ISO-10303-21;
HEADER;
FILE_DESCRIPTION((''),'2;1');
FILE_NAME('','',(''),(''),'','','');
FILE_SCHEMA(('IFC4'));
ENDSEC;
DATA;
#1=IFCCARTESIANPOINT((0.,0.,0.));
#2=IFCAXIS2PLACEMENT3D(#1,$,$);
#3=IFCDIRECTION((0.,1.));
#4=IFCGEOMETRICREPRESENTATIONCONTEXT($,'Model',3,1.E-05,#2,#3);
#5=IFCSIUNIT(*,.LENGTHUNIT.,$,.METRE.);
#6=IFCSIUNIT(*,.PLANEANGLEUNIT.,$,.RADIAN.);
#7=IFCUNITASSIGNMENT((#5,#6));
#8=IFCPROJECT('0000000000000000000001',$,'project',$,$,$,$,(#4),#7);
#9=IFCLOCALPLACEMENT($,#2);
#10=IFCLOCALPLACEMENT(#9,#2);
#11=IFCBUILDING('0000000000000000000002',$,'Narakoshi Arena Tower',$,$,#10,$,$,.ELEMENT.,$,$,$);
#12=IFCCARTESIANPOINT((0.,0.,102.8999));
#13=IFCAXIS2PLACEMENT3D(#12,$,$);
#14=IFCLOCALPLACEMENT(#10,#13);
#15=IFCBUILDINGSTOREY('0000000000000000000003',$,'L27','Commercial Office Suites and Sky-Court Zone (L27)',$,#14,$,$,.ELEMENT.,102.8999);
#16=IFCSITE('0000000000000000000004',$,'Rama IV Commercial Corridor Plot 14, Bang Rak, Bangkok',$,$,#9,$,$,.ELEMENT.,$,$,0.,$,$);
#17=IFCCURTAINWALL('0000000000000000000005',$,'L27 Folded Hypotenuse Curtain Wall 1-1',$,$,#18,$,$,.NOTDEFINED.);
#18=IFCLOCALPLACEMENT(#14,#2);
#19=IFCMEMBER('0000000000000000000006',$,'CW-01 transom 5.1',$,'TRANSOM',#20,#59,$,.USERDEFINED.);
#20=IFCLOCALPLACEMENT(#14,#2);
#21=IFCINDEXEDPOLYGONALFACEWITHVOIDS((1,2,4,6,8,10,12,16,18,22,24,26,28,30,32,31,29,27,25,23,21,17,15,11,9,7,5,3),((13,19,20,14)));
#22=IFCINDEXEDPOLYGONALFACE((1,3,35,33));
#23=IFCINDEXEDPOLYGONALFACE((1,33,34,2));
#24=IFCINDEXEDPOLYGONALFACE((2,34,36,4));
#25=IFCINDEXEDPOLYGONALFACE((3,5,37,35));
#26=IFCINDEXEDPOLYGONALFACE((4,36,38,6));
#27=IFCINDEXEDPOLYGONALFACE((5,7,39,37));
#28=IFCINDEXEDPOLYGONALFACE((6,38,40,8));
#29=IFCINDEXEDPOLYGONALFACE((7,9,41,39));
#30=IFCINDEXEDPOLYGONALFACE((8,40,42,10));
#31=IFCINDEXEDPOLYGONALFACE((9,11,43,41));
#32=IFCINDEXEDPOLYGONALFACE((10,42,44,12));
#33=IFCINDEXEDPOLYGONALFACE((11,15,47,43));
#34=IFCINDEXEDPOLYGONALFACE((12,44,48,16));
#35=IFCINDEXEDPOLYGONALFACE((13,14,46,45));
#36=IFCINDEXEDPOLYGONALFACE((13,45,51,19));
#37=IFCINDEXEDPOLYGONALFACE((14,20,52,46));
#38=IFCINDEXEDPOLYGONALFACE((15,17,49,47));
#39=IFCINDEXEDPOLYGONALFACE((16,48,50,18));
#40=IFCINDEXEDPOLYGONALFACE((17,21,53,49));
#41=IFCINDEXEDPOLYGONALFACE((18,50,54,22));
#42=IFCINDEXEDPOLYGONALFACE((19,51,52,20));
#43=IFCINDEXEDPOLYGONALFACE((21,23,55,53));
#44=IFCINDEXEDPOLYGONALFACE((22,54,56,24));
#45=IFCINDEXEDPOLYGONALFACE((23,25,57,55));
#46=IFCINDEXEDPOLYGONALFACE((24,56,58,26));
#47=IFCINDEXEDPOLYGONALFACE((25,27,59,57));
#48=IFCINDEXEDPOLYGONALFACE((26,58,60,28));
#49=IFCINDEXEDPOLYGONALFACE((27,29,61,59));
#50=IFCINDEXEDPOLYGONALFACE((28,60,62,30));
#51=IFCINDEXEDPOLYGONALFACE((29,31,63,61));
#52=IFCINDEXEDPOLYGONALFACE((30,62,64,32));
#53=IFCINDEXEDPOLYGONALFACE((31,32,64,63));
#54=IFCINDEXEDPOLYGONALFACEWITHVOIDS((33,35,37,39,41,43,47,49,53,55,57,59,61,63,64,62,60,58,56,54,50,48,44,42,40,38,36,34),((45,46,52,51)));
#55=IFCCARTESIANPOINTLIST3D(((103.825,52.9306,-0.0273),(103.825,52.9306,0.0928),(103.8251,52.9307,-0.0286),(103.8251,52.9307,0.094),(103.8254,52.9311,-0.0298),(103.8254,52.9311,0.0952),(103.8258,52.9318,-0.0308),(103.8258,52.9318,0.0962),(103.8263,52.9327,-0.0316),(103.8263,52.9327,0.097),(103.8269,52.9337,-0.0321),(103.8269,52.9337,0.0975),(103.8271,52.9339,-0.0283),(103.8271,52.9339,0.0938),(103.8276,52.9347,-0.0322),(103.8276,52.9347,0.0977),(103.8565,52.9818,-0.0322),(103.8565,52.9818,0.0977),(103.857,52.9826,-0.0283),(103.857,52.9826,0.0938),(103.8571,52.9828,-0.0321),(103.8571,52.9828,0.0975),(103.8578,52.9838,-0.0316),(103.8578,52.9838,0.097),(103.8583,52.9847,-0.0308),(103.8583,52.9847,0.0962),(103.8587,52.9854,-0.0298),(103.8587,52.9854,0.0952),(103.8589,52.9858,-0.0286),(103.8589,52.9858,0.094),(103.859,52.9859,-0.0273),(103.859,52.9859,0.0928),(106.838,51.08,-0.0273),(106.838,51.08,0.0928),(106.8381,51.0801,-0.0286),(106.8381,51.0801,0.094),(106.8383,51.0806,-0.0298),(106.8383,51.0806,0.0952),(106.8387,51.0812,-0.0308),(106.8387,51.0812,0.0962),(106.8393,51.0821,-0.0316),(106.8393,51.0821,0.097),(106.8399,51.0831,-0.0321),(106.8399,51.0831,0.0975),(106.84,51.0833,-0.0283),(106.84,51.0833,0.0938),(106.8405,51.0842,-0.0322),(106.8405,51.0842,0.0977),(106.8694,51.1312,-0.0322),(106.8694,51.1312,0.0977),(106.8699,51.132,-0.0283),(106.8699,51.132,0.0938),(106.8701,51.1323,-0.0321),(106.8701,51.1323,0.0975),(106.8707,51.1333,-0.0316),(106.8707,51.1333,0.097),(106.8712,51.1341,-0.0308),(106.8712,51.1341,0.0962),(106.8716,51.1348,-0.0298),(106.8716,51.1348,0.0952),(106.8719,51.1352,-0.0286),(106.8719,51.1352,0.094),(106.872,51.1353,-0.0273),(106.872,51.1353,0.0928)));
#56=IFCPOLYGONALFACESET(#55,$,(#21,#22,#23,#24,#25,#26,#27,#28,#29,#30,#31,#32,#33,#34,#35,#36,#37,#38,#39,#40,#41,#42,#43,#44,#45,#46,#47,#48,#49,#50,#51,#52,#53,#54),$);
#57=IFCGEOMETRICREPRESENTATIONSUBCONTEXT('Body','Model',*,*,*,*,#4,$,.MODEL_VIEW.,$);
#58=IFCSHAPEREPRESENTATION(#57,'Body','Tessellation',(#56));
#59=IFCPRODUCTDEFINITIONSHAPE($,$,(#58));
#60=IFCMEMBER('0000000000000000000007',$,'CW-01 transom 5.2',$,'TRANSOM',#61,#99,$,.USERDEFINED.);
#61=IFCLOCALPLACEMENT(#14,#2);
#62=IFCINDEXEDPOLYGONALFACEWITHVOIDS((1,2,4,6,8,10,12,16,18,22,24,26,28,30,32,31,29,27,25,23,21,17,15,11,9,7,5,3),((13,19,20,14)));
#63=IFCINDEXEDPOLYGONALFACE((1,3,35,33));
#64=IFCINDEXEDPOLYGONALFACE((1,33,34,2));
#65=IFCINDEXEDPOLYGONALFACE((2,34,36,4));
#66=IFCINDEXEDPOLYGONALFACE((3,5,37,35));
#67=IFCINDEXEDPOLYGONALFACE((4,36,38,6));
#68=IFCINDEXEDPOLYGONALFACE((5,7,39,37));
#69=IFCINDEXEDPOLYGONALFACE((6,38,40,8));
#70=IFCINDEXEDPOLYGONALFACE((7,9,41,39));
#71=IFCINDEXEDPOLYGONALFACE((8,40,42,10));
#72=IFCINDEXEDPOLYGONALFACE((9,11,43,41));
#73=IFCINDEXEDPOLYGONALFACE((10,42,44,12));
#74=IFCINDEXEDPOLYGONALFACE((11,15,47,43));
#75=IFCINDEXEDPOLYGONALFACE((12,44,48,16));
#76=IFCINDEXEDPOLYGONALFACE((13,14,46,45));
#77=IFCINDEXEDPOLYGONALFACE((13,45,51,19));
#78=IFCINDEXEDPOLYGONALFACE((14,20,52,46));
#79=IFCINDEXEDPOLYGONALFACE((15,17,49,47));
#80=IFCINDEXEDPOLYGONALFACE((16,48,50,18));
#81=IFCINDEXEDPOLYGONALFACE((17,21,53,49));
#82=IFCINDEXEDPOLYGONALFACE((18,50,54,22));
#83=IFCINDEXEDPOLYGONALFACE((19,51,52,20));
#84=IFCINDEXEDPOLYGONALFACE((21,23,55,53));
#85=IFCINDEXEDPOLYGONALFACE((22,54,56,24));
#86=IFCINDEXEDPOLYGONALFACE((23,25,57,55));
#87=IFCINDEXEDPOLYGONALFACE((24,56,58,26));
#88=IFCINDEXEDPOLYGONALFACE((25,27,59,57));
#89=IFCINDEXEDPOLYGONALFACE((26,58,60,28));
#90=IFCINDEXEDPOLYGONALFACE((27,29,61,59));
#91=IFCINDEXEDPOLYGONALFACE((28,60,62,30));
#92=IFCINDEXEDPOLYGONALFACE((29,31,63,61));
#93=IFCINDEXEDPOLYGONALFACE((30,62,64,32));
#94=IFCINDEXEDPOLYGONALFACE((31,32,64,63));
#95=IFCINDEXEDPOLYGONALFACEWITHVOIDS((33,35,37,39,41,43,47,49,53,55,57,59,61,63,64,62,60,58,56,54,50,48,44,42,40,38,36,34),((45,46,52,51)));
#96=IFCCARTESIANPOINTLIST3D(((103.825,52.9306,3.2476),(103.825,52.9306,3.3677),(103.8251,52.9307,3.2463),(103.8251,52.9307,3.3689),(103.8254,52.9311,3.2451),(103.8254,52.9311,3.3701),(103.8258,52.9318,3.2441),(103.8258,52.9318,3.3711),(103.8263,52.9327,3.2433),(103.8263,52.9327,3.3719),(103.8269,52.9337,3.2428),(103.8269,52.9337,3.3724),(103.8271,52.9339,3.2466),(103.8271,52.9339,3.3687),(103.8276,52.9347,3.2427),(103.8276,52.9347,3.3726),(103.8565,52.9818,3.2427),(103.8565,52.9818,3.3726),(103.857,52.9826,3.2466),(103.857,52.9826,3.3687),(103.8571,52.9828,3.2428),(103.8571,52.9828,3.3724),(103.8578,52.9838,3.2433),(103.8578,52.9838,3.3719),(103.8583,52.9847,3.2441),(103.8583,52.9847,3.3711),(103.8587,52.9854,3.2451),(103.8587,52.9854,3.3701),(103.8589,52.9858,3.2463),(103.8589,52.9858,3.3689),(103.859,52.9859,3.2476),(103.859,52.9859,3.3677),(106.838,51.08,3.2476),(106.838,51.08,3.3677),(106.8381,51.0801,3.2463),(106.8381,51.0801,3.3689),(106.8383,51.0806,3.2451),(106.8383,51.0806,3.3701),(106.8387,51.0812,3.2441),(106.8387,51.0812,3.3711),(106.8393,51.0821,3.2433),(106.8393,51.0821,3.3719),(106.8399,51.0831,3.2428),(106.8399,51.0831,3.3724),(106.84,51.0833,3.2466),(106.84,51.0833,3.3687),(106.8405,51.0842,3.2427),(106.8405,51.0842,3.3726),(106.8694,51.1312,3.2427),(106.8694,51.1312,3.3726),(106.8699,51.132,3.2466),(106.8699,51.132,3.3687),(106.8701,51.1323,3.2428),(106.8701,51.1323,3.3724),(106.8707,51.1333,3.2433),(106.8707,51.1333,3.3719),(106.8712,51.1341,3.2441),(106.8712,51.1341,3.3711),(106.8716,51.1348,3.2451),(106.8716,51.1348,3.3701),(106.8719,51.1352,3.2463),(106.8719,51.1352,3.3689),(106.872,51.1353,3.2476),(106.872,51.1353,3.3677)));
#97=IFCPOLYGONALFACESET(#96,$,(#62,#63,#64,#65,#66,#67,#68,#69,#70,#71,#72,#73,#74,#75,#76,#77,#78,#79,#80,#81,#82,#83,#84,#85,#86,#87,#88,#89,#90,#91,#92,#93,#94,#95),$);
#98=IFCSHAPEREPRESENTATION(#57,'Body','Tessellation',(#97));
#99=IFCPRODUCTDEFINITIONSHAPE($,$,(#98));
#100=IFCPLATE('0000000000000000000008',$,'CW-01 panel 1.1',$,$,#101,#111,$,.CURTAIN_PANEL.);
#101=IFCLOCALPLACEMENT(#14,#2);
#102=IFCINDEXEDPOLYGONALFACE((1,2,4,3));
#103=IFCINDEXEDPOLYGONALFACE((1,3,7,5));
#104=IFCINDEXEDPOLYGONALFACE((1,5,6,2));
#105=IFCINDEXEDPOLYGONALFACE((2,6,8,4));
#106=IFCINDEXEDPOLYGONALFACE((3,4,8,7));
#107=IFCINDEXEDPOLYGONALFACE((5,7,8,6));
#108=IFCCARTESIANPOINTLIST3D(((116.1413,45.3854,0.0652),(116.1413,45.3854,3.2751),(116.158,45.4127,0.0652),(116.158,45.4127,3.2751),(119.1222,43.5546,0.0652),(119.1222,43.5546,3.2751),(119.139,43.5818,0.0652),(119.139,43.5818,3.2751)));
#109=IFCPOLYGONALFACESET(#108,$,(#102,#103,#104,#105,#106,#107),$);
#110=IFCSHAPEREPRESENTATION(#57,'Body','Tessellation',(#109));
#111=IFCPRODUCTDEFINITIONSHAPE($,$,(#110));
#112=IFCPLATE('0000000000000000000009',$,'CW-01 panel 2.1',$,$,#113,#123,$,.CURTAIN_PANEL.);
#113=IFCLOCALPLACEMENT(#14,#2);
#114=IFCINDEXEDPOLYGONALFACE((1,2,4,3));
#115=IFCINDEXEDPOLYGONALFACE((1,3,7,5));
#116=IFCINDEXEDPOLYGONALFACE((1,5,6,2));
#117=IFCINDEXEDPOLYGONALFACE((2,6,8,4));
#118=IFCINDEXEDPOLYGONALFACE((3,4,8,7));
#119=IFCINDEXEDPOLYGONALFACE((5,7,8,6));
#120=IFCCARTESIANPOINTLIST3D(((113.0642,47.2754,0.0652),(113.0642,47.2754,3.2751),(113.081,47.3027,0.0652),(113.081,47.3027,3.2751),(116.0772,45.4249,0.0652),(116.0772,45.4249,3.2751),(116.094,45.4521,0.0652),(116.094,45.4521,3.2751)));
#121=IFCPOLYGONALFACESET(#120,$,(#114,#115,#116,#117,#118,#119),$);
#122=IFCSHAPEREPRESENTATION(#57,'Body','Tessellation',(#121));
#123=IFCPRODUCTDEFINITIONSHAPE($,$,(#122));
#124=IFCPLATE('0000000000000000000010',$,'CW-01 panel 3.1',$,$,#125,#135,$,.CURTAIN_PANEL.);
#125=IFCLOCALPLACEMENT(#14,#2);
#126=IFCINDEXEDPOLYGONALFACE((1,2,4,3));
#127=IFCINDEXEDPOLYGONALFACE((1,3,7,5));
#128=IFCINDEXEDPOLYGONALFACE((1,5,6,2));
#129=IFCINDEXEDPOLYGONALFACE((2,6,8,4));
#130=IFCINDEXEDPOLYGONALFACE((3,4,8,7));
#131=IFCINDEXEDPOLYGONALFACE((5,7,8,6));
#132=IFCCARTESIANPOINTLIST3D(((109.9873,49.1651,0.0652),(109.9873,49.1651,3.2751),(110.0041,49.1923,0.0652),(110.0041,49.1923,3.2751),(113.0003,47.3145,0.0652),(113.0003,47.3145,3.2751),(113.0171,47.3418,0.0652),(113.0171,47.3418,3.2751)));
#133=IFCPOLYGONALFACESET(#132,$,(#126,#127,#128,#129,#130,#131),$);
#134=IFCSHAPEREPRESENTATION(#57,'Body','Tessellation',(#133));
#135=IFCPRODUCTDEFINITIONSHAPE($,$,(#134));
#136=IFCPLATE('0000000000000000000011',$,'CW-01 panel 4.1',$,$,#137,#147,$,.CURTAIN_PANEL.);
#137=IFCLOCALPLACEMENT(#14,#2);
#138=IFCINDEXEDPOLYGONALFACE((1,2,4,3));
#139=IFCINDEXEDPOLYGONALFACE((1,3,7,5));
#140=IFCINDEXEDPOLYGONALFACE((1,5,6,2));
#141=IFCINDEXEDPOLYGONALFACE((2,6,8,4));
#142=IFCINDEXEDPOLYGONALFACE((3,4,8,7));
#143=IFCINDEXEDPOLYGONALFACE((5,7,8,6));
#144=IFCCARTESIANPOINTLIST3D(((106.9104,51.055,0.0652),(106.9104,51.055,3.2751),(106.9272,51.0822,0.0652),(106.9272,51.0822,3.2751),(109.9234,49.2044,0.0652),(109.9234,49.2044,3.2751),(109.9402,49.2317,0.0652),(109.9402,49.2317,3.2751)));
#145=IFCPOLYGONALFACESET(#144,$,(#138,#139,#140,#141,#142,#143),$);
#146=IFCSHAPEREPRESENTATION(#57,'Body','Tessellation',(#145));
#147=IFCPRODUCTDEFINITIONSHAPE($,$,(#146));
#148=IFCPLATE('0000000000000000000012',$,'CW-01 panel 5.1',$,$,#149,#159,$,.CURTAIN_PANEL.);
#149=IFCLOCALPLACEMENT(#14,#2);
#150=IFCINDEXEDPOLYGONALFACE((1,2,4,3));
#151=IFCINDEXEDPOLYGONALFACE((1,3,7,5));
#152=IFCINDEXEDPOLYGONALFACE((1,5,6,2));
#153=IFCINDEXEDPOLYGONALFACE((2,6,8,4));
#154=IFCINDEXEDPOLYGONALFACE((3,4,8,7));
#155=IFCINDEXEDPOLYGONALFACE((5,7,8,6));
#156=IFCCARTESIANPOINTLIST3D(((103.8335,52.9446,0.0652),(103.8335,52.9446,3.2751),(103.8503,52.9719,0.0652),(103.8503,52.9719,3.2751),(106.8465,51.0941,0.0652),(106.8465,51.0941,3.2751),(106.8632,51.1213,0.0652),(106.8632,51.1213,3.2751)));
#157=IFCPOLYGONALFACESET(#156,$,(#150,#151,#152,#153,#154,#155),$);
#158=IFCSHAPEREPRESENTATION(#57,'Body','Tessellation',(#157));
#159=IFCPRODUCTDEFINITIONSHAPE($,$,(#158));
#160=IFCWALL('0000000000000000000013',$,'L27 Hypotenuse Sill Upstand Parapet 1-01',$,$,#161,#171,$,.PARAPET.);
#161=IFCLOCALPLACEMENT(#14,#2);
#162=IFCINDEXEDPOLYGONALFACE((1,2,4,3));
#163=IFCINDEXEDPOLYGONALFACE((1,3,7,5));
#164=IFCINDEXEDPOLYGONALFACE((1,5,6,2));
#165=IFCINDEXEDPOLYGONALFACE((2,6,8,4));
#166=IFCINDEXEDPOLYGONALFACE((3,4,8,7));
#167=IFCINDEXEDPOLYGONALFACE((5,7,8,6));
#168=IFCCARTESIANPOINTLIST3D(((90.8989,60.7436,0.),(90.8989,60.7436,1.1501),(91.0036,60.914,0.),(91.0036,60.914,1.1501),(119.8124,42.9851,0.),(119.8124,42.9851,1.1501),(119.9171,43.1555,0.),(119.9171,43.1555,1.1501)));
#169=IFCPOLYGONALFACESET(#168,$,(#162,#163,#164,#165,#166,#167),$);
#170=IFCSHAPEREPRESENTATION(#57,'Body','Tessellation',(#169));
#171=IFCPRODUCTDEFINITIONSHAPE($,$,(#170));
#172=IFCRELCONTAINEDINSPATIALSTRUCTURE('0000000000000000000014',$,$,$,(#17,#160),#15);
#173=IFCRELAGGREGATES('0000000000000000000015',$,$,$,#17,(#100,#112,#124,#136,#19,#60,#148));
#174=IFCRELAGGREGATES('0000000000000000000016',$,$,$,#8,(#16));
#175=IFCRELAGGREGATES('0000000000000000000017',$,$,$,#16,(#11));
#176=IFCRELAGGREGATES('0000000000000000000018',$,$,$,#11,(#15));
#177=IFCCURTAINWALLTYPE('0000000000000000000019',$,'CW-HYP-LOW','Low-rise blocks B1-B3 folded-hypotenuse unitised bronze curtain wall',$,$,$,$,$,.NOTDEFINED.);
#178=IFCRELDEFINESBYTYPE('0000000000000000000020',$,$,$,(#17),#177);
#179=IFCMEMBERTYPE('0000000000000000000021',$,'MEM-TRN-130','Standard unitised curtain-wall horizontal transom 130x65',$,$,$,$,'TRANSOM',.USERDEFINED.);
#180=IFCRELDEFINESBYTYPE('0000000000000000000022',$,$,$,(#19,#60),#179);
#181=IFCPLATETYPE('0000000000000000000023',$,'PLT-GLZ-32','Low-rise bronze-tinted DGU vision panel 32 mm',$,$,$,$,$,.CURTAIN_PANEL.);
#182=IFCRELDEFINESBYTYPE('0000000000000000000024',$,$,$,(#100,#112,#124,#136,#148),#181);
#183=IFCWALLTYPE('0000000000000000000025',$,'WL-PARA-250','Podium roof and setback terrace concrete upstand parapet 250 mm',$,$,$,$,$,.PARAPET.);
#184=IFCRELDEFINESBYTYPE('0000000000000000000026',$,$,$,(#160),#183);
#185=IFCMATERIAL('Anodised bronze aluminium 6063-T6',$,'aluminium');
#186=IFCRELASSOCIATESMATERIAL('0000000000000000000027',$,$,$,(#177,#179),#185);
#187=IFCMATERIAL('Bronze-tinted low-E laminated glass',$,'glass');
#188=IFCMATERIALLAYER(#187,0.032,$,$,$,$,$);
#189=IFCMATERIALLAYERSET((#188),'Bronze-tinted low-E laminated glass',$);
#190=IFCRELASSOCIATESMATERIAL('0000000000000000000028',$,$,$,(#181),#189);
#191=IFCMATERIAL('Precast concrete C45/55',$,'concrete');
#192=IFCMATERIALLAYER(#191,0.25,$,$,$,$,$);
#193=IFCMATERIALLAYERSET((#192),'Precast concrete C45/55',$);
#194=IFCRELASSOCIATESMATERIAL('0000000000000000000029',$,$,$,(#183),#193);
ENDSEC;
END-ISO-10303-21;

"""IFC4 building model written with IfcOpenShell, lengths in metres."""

from ifc_helpers import new_model, si_unit, direction, frame, frame_2d, origin, origin_2d, place, context, subcontext, project, spatial, rectangle, hollow_rectangle, extrude, material, layer, layer_set, material_profile, profile_set, type_object, element, aggregate, save


model = new_model("IFC4")

# Units and contexts
model_context = context("Model", 3, precision=1e-05, world=origin(), true_north=direction((0.0, 1.0)))
body_context = subcontext(model_context, "Body", "Model", "MODEL_VIEW")
ifc_project = project(units=[si_unit("LENGTHUNIT", "METRE"), si_unit("PLANEANGLEUNIT", "RADIAN")], contexts=[model_context])

# Site, building, storey
site_placement = place(None, origin())
site = spatial("IfcSite", under=ifc_project, at=site_placement, Name="Rama IV Commercial Corridor Plot 14, Bang Rak, Bangkok", CompositionType="ELEMENT", RefElevation=0.0)
building_placement = place(site_placement, origin())
building = spatial("IfcBuilding", under=site, at=building_placement, Name="Narakoshi Arena Tower", CompositionType="ELEMENT")
storey_placement = place(building_placement, frame((0.0, 0.0, 102.8999)))
storey = spatial("IfcBuildingStorey", under=building, at=storey_placement, Name="L27", Description="Commercial Office Suites and Sky-Court Zone (L27)", CompositionType="ELEMENT", Elevation=102.8999)

# Curtain wall, members, plates
ifc_material_1 = material(Name="Anodised bronze aluminium 6063-T6", Category="aluminium")
curtain_wall_type = type_object("IfcCurtainWallType", Name="CW-HYP-LOW", Description="Low-rise blocks B1-B3 folded-hypotenuse unitised bronze curtain wall", PredefinedType="NOTDEFINED", material=ifc_material_1)
curtain_wall_placement = place(storey_placement, origin())
curtain_wall = element("IfcCurtainWall", 1, at=curtain_wall_placement, inside=storey, type_object=curtain_wall_type, Name="L27 Folded Hypotenuse Curtain Wall 1-1", PredefinedType="NOTDEFINED")
ifc_material_profile_1 = material_profile(ifc_material_1, hollow_rectangle(XDim=0.0649, YDim=0.1299, WallThickness=0.0039, OuterFilletRadius=0.0049, at=origin_2d()), Name="TRN130x65x4")
ifc_profile_set_1 = profile_set([ifc_material_profile_1], Name="Anodised bronze aluminium 6063-T6")
member_type_1 = type_object("IfcMemberType", Name="MEM-TRN-130", Description="Standard unitised curtain-wall horizontal transom 130x65", ElementType="TRANSOM", PredefinedType="USERDEFINED", material=ifc_profile_set_1)
member_1_placement = place(storey_placement, frame((106.855, 51.1077, 0.0327), z_axis=(-0.852104, 0.523373, 0.0), x_axis=(-0.523373, -0.852104, 0.0)))
member_1 = element("IfcMember", 2, at=member_1_placement, type_object=member_type_1, Name="CW-01 transom 5.1", ObjectType="TRANSOM", PredefinedType="USERDEFINED", context=body_context, shape_type="SweptSolid", body=[
    extrude(hollow_rectangle(XDim=0.0649, YDim=0.1299, WallThickness=0.0039, OuterFilletRadius=0.0049, at=origin_2d()), origin(), (0.0, 0.0, 1.0), 3.5359),
])
member_2_placement = place(storey_placement, frame((106.855, 51.1077, 3.3076), z_axis=(-0.852104, 0.523373, 0.0), x_axis=(-0.523373, -0.852104, 0.0)))
member_2 = element("IfcMember", 3, at=member_2_placement, type_object=member_type_1, Name="CW-01 transom 5.2", ObjectType="TRANSOM", PredefinedType="USERDEFINED", context=body_context, shape_type="SweptSolid", body=[
    extrude(hollow_rectangle(XDim=0.0649, YDim=0.1299, WallThickness=0.0039, OuterFilletRadius=0.0049, at=origin_2d()), origin(), (0.0, 0.0, 1.0), 3.5359),
])
ifc_material_2 = material(Name="Bronze-tinted low-E laminated glass", Category="glass")
ifc_layer_1 = layer(ifc_material_2, 0.032)
ifc_layer_set_1 = layer_set([ifc_layer_1], Name="Bronze-tinted low-E laminated glass")
plate_type = type_object("IfcPlateType", Name="PLT-GLZ-32", Description="Low-rise bronze-tinted DGU vision panel 32 mm", PredefinedType="CURTAIN_PANEL", material=ifc_layer_set_1)
plate_1_placement = place(storey_placement, frame((117.6401, 44.4836, 0.0652), z_axis=(0.0, 0.0, 1.0), x_axis=(-0.852113, 0.523358, 0.0)))
plate_1 = element("IfcPlate", 4, at=plate_1_placement, type_object=plate_type, Name="CW-01 panel 1.1", PredefinedType="CURTAIN_PANEL", context=body_context, shape_type="SweptSolid", body=[
    extrude(rectangle(XDim=3.4983, YDim=0.032, at=origin_2d()), origin(), (0.0, 0.0, 1.0), 3.21),
])
plate_2_placement = place(storey_placement, frame((114.5791, 46.3638, 0.0652), z_axis=(0.0, 0.0, 1.0), x_axis=(-0.852113, 0.523358, 0.0)))
plate_2 = element("IfcPlate", 5, at=plate_2_placement, type_object=plate_type, Name="CW-01 panel 2.1", PredefinedType="CURTAIN_PANEL", context=body_context, shape_type="SweptSolid", body=[
    extrude(rectangle(XDim=3.5359, YDim=0.032, at=origin_2d()), origin(), (0.0, 0.0, 1.0), 3.21),
])
plate_3_placement = place(storey_placement, frame((111.5022, 48.2534, 0.0652), z_axis=(0.0, 0.0, 1.0), x_axis=(-0.852113, 0.523358, 0.0)))
plate_3 = element("IfcPlate", 6, at=plate_3_placement, type_object=plate_type, Name="CW-01 panel 3.1", PredefinedType="CURTAIN_PANEL", context=body_context, shape_type="SweptSolid", body=[
    extrude(rectangle(XDim=3.5359, YDim=0.032, at=origin_2d()), origin(), (0.0, 0.0, 1.0), 3.21),
])
plate_4_placement = place(storey_placement, frame((108.4253, 50.1433, 0.0652), z_axis=(0.0, 0.0, 1.0), x_axis=(-0.852113, 0.523358, 0.0)))
plate_4 = element("IfcPlate", 7, at=plate_4_placement, type_object=plate_type, Name="CW-01 panel 4.1", PredefinedType="CURTAIN_PANEL", context=body_context, shape_type="SweptSolid", body=[
    extrude(rectangle(XDim=3.5359, YDim=0.032, at=origin_2d()), origin(), (0.0, 0.0, 1.0), 3.21),
])
plate_5_placement = place(storey_placement, frame((105.3484, 52.033, 0.0652), z_axis=(0.0, 0.0, 1.0), x_axis=(-0.852113, 0.523358, 0.0)))
plate_5 = element("IfcPlate", 8, at=plate_5_placement, type_object=plate_type, Name="CW-01 panel 5.1", PredefinedType="CURTAIN_PANEL", context=body_context, shape_type="SweptSolid", body=[
    extrude(rectangle(XDim=3.5359, YDim=0.032, at=origin_2d()), origin(), (0.0, 0.0, 1.0), 3.21),
])
aggregate(curtain_wall, [plate_1, plate_2, plate_3, plate_4, member_1, member_2, plate_5])

# Wall
ifc_material_3 = material(Name="Precast concrete C45/55", Category="concrete")
ifc_layer_2 = layer(ifc_material_3, 0.25)
ifc_layer_set_2 = layer_set([ifc_layer_2], Name="Precast concrete C45/55")
wall_type_1 = type_object("IfcWallType", Name="WL-PARA-250", Description="Podium roof and setback terrace concrete upstand parapet 250 mm", PredefinedType="PARAPET", material=ifc_layer_set_2)
wall_1_placement = place(storey_placement, frame((119.8647, 43.0703, 0.0), z_axis=(0.0, 0.0, 1.0), x_axis=(-0.852111, 0.523361, 0.0)))
element("IfcWall", 9, at=wall_1_placement, inside=storey, type_object=wall_type_1, Name="L27 Hypotenuse Sill Upstand Parapet 1-01", PredefinedType="PARAPET", context=body_context, shape_type="SweptSolid", body=[
    extrude(rectangle(XDim=33.9316, YDim=0.2, at=frame_2d((16.9658, 0.0))), origin(), (0.0, 0.0, 1.0), 1.1501),
])

save(model, "model.ifc")
